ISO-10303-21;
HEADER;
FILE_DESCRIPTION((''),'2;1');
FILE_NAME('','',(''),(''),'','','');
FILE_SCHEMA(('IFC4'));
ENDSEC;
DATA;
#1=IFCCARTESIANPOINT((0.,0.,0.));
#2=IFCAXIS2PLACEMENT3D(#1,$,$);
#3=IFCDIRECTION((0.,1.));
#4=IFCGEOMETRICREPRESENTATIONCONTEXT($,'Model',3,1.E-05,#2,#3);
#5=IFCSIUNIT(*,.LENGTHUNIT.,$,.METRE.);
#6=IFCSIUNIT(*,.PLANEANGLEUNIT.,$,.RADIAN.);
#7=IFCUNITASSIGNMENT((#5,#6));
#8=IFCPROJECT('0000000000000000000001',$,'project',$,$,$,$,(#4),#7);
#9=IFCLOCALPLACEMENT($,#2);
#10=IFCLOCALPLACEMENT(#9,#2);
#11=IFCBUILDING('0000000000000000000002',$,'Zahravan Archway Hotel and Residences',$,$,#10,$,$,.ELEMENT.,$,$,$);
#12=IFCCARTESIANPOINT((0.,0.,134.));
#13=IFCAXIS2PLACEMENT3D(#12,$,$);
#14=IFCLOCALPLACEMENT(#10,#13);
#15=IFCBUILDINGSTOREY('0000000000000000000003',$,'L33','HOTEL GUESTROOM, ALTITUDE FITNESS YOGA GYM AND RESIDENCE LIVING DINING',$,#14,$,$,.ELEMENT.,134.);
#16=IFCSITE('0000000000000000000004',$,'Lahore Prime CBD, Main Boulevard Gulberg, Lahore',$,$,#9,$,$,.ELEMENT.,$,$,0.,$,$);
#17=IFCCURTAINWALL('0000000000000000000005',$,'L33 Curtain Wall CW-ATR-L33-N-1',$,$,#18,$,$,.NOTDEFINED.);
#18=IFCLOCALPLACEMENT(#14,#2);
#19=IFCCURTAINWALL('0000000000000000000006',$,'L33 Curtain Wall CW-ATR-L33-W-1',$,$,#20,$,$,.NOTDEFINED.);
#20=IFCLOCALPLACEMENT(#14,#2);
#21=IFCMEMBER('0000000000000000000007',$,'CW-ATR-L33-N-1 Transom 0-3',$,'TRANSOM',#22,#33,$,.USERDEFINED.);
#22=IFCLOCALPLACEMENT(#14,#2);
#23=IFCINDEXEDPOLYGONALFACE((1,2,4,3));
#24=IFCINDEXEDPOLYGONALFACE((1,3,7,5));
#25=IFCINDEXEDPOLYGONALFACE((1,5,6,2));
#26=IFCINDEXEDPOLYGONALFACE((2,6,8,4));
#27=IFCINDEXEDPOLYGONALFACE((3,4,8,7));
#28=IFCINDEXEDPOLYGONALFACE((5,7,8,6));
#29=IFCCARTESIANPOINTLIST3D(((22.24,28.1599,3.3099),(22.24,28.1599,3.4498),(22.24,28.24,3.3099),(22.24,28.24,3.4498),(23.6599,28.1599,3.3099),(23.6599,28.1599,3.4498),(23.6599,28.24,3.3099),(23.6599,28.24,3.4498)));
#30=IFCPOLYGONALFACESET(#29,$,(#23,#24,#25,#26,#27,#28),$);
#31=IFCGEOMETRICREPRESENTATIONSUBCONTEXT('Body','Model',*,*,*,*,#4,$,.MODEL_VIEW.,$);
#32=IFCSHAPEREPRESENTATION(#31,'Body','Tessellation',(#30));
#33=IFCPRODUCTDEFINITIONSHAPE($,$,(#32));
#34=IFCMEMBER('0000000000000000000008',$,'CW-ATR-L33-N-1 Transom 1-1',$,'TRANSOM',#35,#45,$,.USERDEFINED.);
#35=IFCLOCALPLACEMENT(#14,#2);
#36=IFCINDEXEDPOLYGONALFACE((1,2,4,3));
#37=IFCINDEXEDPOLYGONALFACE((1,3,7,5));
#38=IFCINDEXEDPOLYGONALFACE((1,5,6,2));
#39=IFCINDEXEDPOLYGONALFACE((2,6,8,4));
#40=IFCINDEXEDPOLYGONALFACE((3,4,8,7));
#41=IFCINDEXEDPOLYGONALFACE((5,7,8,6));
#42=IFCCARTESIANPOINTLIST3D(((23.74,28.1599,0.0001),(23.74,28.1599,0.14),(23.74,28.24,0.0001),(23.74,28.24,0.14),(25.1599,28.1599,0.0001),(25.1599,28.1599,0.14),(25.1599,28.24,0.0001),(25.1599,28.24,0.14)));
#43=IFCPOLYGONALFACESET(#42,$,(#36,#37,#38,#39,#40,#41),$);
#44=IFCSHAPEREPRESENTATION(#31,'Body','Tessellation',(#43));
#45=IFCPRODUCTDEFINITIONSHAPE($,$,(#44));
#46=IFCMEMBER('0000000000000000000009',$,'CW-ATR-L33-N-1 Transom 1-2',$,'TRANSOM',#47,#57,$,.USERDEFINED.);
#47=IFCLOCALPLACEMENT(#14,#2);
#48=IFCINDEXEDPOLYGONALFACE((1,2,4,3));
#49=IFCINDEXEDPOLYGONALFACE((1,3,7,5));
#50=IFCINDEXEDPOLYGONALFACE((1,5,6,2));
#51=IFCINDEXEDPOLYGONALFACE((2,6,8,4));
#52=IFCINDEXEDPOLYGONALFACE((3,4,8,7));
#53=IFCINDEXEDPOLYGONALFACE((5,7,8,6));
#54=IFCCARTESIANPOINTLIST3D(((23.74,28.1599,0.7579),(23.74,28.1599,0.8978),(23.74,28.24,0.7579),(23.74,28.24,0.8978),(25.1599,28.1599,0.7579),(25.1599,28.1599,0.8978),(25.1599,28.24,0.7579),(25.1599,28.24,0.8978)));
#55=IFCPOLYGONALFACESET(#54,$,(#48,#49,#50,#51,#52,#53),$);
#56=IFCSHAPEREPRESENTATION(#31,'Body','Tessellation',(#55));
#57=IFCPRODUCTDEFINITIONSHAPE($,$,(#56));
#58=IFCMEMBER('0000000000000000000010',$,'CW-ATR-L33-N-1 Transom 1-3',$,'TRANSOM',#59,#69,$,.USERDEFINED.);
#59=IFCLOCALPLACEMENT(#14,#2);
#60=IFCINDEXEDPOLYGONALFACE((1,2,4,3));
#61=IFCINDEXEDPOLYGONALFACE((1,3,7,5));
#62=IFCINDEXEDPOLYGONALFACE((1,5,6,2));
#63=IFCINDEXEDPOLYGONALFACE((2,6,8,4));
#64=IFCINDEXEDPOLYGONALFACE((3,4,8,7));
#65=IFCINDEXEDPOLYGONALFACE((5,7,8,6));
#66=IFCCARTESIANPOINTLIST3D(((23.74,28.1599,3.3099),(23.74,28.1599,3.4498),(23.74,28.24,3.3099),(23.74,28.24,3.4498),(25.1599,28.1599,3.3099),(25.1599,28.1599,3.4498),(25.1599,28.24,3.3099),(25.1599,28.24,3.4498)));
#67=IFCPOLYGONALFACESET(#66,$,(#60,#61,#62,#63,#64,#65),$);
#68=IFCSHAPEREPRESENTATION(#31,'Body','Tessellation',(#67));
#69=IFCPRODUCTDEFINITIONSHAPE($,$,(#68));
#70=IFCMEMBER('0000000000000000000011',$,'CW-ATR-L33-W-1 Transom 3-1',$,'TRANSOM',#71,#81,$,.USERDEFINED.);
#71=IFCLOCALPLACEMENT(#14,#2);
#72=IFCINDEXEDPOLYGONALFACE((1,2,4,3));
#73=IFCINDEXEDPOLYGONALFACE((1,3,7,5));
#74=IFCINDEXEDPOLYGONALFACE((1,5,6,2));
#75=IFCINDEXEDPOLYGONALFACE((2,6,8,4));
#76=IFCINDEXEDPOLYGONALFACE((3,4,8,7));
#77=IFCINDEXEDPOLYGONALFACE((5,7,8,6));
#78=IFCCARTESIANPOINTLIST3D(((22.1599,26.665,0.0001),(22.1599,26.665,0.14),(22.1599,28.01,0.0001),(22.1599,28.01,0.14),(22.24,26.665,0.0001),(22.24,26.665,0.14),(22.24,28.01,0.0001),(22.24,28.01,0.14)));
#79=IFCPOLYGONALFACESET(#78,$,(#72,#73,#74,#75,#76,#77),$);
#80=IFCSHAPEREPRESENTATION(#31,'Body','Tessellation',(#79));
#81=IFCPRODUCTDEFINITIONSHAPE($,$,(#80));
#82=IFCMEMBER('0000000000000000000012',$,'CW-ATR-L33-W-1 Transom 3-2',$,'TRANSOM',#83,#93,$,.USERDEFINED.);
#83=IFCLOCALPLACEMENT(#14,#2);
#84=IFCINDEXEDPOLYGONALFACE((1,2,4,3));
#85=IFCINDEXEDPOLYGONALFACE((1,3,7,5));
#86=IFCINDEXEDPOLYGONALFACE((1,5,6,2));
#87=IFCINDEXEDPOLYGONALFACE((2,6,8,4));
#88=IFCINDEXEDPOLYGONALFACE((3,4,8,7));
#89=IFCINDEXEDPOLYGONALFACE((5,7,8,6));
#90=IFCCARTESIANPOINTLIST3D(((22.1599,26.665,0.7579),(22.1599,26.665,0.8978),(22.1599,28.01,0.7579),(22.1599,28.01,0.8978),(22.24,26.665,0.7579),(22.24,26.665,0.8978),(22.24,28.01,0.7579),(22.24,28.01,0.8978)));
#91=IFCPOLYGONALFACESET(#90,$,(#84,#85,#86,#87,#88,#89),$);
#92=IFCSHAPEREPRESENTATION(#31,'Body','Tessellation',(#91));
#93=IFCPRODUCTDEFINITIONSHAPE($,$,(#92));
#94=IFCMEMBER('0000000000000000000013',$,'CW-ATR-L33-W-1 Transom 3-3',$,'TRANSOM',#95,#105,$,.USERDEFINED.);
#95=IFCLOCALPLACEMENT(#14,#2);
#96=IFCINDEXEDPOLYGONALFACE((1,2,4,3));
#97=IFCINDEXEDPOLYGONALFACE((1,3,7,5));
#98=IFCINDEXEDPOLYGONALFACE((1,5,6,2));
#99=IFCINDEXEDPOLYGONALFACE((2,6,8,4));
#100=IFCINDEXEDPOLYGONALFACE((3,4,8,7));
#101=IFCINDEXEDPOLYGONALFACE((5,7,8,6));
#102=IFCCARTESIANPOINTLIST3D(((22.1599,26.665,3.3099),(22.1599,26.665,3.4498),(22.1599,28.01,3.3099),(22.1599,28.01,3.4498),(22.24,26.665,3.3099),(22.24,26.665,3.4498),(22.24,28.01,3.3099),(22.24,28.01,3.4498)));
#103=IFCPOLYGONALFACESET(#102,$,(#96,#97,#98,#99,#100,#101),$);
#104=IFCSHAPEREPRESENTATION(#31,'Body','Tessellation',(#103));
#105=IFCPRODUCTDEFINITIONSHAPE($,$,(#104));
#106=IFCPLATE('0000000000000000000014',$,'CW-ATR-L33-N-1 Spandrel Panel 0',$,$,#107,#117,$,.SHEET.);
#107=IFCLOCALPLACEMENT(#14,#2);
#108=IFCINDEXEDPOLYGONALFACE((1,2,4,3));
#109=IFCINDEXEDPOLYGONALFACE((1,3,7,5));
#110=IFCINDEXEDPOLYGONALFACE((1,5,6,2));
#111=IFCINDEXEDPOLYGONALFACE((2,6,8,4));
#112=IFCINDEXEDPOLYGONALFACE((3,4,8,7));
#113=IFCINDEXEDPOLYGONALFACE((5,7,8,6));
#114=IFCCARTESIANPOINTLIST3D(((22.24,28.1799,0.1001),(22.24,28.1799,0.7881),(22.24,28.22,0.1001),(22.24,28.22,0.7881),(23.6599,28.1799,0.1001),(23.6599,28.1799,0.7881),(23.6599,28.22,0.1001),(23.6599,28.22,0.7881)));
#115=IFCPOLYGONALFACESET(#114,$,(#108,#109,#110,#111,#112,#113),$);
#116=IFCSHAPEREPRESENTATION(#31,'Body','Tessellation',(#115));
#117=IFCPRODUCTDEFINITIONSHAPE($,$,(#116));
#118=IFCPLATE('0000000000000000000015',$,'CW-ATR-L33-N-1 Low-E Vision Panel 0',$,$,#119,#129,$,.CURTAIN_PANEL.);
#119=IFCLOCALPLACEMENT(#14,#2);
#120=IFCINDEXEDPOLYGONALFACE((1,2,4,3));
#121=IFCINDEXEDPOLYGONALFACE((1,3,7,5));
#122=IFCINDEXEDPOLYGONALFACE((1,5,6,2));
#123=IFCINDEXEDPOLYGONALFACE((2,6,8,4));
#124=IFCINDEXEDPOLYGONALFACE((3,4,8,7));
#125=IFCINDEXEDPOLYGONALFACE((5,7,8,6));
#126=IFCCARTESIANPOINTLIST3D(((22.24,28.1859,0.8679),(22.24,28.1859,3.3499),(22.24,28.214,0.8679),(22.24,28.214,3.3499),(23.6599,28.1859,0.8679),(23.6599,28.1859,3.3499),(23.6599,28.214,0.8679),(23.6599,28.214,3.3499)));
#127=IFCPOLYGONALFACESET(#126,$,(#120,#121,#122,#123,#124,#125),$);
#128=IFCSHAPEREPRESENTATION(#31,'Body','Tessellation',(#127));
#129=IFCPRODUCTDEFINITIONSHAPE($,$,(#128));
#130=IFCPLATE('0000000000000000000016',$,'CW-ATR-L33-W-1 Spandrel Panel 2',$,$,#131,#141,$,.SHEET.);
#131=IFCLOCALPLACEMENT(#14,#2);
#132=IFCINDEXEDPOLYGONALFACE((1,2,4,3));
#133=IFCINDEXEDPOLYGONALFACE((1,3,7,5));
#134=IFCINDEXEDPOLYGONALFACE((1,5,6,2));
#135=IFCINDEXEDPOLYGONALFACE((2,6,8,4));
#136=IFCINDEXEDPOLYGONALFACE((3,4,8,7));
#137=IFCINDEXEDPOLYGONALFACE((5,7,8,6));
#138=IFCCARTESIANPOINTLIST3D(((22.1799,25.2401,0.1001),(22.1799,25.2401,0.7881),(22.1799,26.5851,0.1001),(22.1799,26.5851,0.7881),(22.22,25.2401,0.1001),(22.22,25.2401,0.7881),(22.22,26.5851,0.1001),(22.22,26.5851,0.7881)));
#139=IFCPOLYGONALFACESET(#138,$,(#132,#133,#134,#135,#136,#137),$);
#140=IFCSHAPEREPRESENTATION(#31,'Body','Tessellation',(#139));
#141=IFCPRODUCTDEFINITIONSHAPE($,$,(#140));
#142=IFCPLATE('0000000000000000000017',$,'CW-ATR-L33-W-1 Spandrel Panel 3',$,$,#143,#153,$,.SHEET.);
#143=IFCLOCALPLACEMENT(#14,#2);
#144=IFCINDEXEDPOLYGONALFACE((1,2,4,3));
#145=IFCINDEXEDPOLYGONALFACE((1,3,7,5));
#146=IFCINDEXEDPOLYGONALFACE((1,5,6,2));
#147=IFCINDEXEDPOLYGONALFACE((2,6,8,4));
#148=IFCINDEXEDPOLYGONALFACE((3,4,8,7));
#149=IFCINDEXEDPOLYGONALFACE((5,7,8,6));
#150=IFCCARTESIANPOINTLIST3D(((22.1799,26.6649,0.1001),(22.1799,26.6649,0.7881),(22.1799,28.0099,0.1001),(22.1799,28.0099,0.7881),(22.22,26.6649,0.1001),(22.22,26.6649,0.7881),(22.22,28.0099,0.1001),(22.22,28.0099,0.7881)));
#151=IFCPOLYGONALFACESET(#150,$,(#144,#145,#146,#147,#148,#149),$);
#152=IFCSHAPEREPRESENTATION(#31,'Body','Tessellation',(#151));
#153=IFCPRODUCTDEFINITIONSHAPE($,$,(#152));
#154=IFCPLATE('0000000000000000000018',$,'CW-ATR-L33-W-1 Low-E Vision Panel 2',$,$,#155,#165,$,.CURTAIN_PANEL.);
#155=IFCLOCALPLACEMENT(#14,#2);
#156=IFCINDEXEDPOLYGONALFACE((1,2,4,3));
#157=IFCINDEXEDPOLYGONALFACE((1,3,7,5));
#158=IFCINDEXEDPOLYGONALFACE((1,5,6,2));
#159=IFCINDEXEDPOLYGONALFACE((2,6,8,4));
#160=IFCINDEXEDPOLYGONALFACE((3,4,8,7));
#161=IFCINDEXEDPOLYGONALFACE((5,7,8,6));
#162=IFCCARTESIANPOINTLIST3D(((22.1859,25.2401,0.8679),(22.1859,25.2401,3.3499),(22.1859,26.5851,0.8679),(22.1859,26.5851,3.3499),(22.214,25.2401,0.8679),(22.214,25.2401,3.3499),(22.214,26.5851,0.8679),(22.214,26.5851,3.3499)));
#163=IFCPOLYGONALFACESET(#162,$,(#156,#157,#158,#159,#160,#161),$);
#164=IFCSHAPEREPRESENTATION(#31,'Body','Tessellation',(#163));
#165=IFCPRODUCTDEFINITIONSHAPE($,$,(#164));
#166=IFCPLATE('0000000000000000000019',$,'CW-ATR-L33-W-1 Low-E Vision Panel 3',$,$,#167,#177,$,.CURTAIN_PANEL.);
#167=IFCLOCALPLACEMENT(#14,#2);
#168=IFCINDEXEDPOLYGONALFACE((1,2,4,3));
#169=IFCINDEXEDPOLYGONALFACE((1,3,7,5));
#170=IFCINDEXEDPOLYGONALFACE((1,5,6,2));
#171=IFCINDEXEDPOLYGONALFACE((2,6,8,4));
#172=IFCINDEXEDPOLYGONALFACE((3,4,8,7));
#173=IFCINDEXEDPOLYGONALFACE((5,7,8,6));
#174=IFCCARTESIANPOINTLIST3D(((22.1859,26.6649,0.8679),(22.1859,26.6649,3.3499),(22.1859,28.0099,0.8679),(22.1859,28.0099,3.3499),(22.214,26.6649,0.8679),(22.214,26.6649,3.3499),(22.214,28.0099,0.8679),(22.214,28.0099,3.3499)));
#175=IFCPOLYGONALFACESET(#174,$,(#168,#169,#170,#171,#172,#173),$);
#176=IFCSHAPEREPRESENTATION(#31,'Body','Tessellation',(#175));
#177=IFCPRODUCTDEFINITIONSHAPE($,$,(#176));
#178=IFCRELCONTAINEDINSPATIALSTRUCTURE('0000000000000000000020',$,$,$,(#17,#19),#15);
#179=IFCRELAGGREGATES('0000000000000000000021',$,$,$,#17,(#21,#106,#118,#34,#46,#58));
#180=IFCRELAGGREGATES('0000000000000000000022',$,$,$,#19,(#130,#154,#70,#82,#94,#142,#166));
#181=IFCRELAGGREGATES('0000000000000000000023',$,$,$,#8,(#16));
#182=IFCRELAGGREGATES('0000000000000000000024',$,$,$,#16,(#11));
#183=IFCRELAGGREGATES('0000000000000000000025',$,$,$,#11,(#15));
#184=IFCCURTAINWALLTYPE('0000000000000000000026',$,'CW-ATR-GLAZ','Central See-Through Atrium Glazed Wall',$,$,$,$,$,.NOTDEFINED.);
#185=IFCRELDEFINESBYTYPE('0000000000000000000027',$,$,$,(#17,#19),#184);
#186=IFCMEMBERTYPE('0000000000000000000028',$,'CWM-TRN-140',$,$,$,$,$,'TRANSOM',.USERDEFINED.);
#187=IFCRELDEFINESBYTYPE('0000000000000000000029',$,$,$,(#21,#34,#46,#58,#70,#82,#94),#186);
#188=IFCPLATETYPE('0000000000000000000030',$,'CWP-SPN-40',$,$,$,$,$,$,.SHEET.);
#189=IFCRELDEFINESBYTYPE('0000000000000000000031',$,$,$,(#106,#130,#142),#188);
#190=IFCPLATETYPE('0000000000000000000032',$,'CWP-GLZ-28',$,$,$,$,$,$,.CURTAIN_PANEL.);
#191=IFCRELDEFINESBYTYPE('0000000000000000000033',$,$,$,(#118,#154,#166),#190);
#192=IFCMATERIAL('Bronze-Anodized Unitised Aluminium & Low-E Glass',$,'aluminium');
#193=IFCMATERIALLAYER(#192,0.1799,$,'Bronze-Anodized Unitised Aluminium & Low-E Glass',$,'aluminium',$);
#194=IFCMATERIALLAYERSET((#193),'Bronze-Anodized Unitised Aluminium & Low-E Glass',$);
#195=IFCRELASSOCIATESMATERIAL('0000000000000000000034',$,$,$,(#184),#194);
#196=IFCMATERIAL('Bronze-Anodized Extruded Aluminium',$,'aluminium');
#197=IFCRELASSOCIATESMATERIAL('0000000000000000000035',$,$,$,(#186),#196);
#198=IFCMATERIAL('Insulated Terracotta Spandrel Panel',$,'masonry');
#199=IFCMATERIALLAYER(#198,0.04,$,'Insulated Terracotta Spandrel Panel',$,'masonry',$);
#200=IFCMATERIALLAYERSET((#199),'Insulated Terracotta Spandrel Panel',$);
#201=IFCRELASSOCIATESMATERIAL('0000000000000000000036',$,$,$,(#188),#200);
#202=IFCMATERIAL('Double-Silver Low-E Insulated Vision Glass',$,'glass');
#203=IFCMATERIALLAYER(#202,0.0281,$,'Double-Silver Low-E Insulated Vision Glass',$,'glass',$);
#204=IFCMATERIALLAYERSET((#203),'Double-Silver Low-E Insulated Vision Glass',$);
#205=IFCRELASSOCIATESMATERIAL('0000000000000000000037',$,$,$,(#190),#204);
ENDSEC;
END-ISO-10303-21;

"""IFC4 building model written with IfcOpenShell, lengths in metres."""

from ifc_helpers import new_model, si_unit, direction, frame, origin, origin_2d, place, context, subcontext, project, spatial, rectangle, extrude, source, transform, mapped, material, layer, layer_set, material_profile, profile_set, type_object, element, aggregate, save


model = new_model("IFC4")

# Units and contexts
model_context = context("Model", 3, precision=1e-05, world=origin(), true_north=direction((0.0, 1.0)))
body_context = subcontext(model_context, "Body", "Model", "MODEL_VIEW")
ifc_project = project(units=[si_unit("LENGTHUNIT", "METRE"), si_unit("PLANEANGLEUNIT", "RADIAN")], contexts=[model_context])

# Site, building, storey
site_placement = place(None, origin())
site = spatial("IfcSite", under=ifc_project, at=site_placement, Name="Lahore Prime CBD, Main Boulevard Gulberg, Lahore", CompositionType="ELEMENT", RefElevation=0.0)
building_placement = place(site_placement, origin())
building = spatial("IfcBuilding", under=site, at=building_placement, Name="Zahravan Archway Hotel and Residences", CompositionType="ELEMENT")
storey_placement = place(building_placement, frame((0.0, 0.0, 134.0)))
storey = spatial("IfcBuildingStorey", under=building, at=storey_placement, Name="L33", Description="HOTEL GUESTROOM, ALTITUDE FITNESS YOGA GYM AND RESIDENCE LIVING DINING", CompositionType="ELEMENT", Elevation=134.0)

# Curtain walls
ifc_material_1 = material(Name="Bronze-Anodized Unitised Aluminium & Low-E Glass", Category="aluminium")
ifc_layer_1 = layer(ifc_material_1, 0.1799, Name="Bronze-Anodized Unitised Aluminium & Low-E Glass", Category="aluminium")
ifc_layer_set_1 = layer_set([ifc_layer_1], Name="Bronze-Anodized Unitised Aluminium & Low-E Glass")
curtain_wall_type = type_object("IfcCurtainWallType", Name="CW-ATR-GLAZ", Description="Central See-Through Atrium Glazed Wall", PredefinedType="NOTDEFINED", material=ifc_layer_set_1)
ifc_material_2 = material(Name="Bronze-Anodized Extruded Aluminium", Category="aluminium")
ifc_material_profile_1 = material_profile(ifc_material_2, rectangle(XDim=0.0801, YDim=0.1399, at=origin_2d()), Name="TRN 80x140", Category="aluminium")
ifc_profile_set_1 = profile_set([ifc_material_profile_1], Name="Bronze-Anodized Extruded Aluminium")
member_type_1 = type_object("IfcMemberType", Name="CWM-TRN-140", ElementType="TRANSOM", PredefinedType="USERDEFINED", material=ifc_profile_set_1)
curtain_wall_1_placement = place(storey_placement, origin())
curtain_wall_1 = element("IfcCurtainWall", 1, at=curtain_wall_1_placement, inside=storey, type_object=curtain_wall_type, Name="L33 Curtain Wall CW-ATR-L33-N-1", PredefinedType="NOTDEFINED")
curtain_wall_2_placement = place(storey_placement, origin())
curtain_wall_2 = element("IfcCurtainWall", 2, at=curtain_wall_2_placement, inside=storey, type_object=curtain_wall_type, Name="L33 Curtain Wall CW-ATR-L33-W-1", PredefinedType="NOTDEFINED")

# Members
shared_shape_1 = source(origin(), body_context, "Body", "SweptSolid", [
    extrude(rectangle(XDim=0.0801, YDim=0.1399, at=origin_2d()), origin(), (0.0, 0.0, 1.0), 1.4199),
])
member_1_placement = place(storey_placement, frame((22.24, 28.2, 3.3799), z_axis=(1.0, 0.0, 0.0), x_axis=(0.0, 1.0, 0.0)))
member_1 = element("IfcMember", 3, at=member_1_placement, type_object=member_type_1, Name="CW-ATR-L33-N-1 Transom 0-3", ObjectType="TRANSOM", PredefinedType="USERDEFINED", context=body_context, shape_type="MappedRepresentation", body=[
    mapped(shared_shape_1, transform((0.0, 0.0, 0.0), scale=1.0)),
])
member_2_placement = place(storey_placement, frame((23.74, 28.2, 0.0701), z_axis=(1.0, 0.0, 0.0), x_axis=(0.0, 1.0, 0.0)))
member_2 = element("IfcMember", 4, at=member_2_placement, type_object=member_type_1, Name="CW-ATR-L33-N-1 Transom 1-1", ObjectType="TRANSOM", PredefinedType="USERDEFINED", context=body_context, shape_type="MappedRepresentation", body=[
    mapped(shared_shape_1, transform((0.0, 0.0, 0.0), scale=1.0)),
])
member_3_placement = place(storey_placement, frame((23.74, 28.2, 0.8279), z_axis=(1.0, 0.0, 0.0), x_axis=(0.0, 1.0, 0.0)))
member_3 = element("IfcMember", 5, at=member_3_placement, type_object=member_type_1, Name="CW-ATR-L33-N-1 Transom 1-2", ObjectType="TRANSOM", PredefinedType="USERDEFINED", context=body_context, shape_type="MappedRepresentation", body=[
    mapped(shared_shape_1, transform((0.0, 0.0, 0.0), scale=1.0)),
])
member_4_placement = place(storey_placement, frame((23.74, 28.2, 3.3799), z_axis=(1.0, 0.0, 0.0), x_axis=(0.0, 1.0, 0.0)))
member_4 = element("IfcMember", 6, at=member_4_placement, type_object=member_type_1, Name="CW-ATR-L33-N-1 Transom 1-3", ObjectType="TRANSOM", PredefinedType="USERDEFINED", context=body_context, shape_type="MappedRepresentation", body=[
    mapped(shared_shape_1, transform((0.0, 0.0, 0.0), scale=1.0)),
])
shared_shape_2 = source(origin(), body_context, "Body", "SweptSolid", [
    extrude(rectangle(XDim=0.0801, YDim=0.1399, at=origin_2d()), origin(), (0.0, 0.0, 1.0), 1.345),
])
member_5_placement = place(storey_placement, frame((22.2, 26.665, 0.0701), z_axis=(0.0, 1.0, 0.0), x_axis=(-1.0, 0.0, 0.0)))
member_5 = element("IfcMember", 7, at=member_5_placement, type_object=member_type_1, Name="CW-ATR-L33-W-1 Transom 3-1", ObjectType="TRANSOM", PredefinedType="USERDEFINED", context=body_context, shape_type="MappedRepresentation", body=[
    mapped(shared_shape_2, transform((0.0, 0.0, 0.0), scale=1.0)),
])
member_6_placement = place(storey_placement, frame((22.2, 26.665, 0.8279), z_axis=(0.0, 1.0, 0.0), x_axis=(-1.0, 0.0, 0.0)))
member_6 = element("IfcMember", 8, at=member_6_placement, type_object=member_type_1, Name="CW-ATR-L33-W-1 Transom 3-2", ObjectType="TRANSOM", PredefinedType="USERDEFINED", context=body_context, shape_type="MappedRepresentation", body=[
    mapped(shared_shape_2, transform((0.0, 0.0, 0.0), scale=1.0)),
])
member_7_placement = place(storey_placement, frame((22.2, 26.665, 3.3799), z_axis=(0.0, 1.0, 0.0), x_axis=(-1.0, 0.0, 0.0)))
member_7 = element("IfcMember", 9, at=member_7_placement, type_object=member_type_1, Name="CW-ATR-L33-W-1 Transom 3-3", ObjectType="TRANSOM", PredefinedType="USERDEFINED", context=body_context, shape_type="MappedRepresentation", body=[
    mapped(shared_shape_2, transform((0.0, 0.0, 0.0), scale=1.0)),
])

# Plates
ifc_material_3 = material(Name="Insulated Terracotta Spandrel Panel", Category="masonry")
ifc_layer_2 = layer(ifc_material_3, 0.04, Name="Insulated Terracotta Spandrel Panel", Category="masonry")
ifc_layer_set_2 = layer_set([ifc_layer_2], Name="Insulated Terracotta Spandrel Panel")
plate_type_1 = type_object("IfcPlateType", Name="CWP-SPN-40", PredefinedType="SHEET", material=ifc_layer_set_2)
shared_shape_3 = source(origin(), body_context, "Body", "SweptSolid", [
    extrude(rectangle(XDim=1.4199, YDim=0.04, at=origin_2d()), origin(), (0.0, 0.0, 1.0), 0.688),
])
plate_1_placement = place(storey_placement, frame((22.95, 28.2, 0.1001), z_axis=(0.0, 0.0, 1.0), x_axis=(1.0, 0.0, 0.0)))
plate_1 = element("IfcPlate", 10, at=plate_1_placement, type_object=plate_type_1, Name="CW-ATR-L33-N-1 Spandrel Panel 0", PredefinedType="SHEET", context=body_context, shape_type="MappedRepresentation", body=[
    mapped(shared_shape_3, transform((0.0, 0.0, 0.0), scale=1.0)),
])
ifc_material_4 = material(Name="Double-Silver Low-E Insulated Vision Glass", Category="glass")
ifc_layer_3 = layer(ifc_material_4, 0.0281, Name="Double-Silver Low-E Insulated Vision Glass", Category="glass")
ifc_layer_set_3 = layer_set([ifc_layer_3], Name="Double-Silver Low-E Insulated Vision Glass")
plate_type_2 = type_object("IfcPlateType", Name="CWP-GLZ-28", PredefinedType="CURTAIN_PANEL", material=ifc_layer_set_3)
shared_shape_4 = source(origin(), body_context, "Body", "SweptSolid", [
    extrude(rectangle(XDim=1.4199, YDim=0.0281, at=origin_2d()), origin(), (0.0, 0.0, 1.0), 2.4819),
])
plate_2_placement = place(storey_placement, frame((22.95, 28.2, 0.8679), z_axis=(0.0, 0.0, 1.0), x_axis=(1.0, 0.0, 0.0)))
plate_2 = element("IfcPlate", 11, at=plate_2_placement, type_object=plate_type_2, Name="CW-ATR-L33-N-1 Low-E Vision Panel 0", PredefinedType="CURTAIN_PANEL", context=body_context, shape_type="MappedRepresentation", body=[
    mapped(shared_shape_4, transform((0.0, 0.0, 0.0), scale=1.0)),
])
aggregate(curtain_wall_1, [member_1, plate_1, plate_2, member_2, member_3, member_4])
shared_shape_5 = source(origin(), body_context, "Body", "SweptSolid", [
    extrude(rectangle(XDim=1.345, YDim=0.04, at=origin_2d()), origin(), (0.0, 0.0, 1.0), 0.688),
])
plate_3_placement = place(storey_placement, frame((22.2, 25.9126, 0.1001), z_axis=(0.0, 0.0, 1.0), x_axis=(0.0, 1.0, 0.0)))
plate_3 = element("IfcPlate", 12, at=plate_3_placement, type_object=plate_type_1, Name="CW-ATR-L33-W-1 Spandrel Panel 2", PredefinedType="SHEET", context=body_context, shape_type="MappedRepresentation", body=[
    mapped(shared_shape_5, transform((0.0, 0.0, 0.0), scale=1.0)),
])
plate_4_placement = place(storey_placement, frame((22.2, 27.3374, 0.1001), z_axis=(0.0, 0.0, 1.0), x_axis=(0.0, 1.0, 0.0)))
plate_4 = element("IfcPlate", 13, at=plate_4_placement, type_object=plate_type_1, Name="CW-ATR-L33-W-1 Spandrel Panel 3", PredefinedType="SHEET", context=body_context, shape_type="MappedRepresentation", body=[
    mapped(shared_shape_5, transform((0.0, 0.0, 0.0), scale=1.0)),
])
shared_shape_6 = source(origin(), body_context, "Body", "SweptSolid", [
    extrude(rectangle(XDim=1.345, YDim=0.0281, at=origin_2d()), origin(), (0.0, 0.0, 1.0), 2.4819),
])
plate_5_placement = place(storey_placement, frame((22.2, 25.9126, 0.8679), z_axis=(0.0, 0.0, 1.0), x_axis=(0.0, 1.0, 0.0)))
plate_5 = element("IfcPlate", 14, at=plate_5_placement, type_object=plate_type_2, Name="CW-ATR-L33-W-1 Low-E Vision Panel 2", PredefinedType="CURTAIN_PANEL", context=body_context, shape_type="MappedRepresentation", body=[
    mapped(shared_shape_6, transform((0.0, 0.0, 0.0), scale=1.0)),
])
plate_6_placement = place(storey_placement, frame((22.2, 27.3374, 0.8679), z_axis=(0.0, 0.0, 1.0), x_axis=(0.0, 1.0, 0.0)))
plate_6 = element("IfcPlate", 15, at=plate_6_placement, type_object=plate_type_2, Name="CW-ATR-L33-W-1 Low-E Vision Panel 3", PredefinedType="CURTAIN_PANEL", context=body_context, shape_type="MappedRepresentation", body=[
    mapped(shared_shape_6, transform((0.0, 0.0, 0.0), scale=1.0)),
])
aggregate(curtain_wall_2, [plate_3, plate_5, member_5, member_6, member_7, plate_4, plate_6])

save(model, "model.ifc")
